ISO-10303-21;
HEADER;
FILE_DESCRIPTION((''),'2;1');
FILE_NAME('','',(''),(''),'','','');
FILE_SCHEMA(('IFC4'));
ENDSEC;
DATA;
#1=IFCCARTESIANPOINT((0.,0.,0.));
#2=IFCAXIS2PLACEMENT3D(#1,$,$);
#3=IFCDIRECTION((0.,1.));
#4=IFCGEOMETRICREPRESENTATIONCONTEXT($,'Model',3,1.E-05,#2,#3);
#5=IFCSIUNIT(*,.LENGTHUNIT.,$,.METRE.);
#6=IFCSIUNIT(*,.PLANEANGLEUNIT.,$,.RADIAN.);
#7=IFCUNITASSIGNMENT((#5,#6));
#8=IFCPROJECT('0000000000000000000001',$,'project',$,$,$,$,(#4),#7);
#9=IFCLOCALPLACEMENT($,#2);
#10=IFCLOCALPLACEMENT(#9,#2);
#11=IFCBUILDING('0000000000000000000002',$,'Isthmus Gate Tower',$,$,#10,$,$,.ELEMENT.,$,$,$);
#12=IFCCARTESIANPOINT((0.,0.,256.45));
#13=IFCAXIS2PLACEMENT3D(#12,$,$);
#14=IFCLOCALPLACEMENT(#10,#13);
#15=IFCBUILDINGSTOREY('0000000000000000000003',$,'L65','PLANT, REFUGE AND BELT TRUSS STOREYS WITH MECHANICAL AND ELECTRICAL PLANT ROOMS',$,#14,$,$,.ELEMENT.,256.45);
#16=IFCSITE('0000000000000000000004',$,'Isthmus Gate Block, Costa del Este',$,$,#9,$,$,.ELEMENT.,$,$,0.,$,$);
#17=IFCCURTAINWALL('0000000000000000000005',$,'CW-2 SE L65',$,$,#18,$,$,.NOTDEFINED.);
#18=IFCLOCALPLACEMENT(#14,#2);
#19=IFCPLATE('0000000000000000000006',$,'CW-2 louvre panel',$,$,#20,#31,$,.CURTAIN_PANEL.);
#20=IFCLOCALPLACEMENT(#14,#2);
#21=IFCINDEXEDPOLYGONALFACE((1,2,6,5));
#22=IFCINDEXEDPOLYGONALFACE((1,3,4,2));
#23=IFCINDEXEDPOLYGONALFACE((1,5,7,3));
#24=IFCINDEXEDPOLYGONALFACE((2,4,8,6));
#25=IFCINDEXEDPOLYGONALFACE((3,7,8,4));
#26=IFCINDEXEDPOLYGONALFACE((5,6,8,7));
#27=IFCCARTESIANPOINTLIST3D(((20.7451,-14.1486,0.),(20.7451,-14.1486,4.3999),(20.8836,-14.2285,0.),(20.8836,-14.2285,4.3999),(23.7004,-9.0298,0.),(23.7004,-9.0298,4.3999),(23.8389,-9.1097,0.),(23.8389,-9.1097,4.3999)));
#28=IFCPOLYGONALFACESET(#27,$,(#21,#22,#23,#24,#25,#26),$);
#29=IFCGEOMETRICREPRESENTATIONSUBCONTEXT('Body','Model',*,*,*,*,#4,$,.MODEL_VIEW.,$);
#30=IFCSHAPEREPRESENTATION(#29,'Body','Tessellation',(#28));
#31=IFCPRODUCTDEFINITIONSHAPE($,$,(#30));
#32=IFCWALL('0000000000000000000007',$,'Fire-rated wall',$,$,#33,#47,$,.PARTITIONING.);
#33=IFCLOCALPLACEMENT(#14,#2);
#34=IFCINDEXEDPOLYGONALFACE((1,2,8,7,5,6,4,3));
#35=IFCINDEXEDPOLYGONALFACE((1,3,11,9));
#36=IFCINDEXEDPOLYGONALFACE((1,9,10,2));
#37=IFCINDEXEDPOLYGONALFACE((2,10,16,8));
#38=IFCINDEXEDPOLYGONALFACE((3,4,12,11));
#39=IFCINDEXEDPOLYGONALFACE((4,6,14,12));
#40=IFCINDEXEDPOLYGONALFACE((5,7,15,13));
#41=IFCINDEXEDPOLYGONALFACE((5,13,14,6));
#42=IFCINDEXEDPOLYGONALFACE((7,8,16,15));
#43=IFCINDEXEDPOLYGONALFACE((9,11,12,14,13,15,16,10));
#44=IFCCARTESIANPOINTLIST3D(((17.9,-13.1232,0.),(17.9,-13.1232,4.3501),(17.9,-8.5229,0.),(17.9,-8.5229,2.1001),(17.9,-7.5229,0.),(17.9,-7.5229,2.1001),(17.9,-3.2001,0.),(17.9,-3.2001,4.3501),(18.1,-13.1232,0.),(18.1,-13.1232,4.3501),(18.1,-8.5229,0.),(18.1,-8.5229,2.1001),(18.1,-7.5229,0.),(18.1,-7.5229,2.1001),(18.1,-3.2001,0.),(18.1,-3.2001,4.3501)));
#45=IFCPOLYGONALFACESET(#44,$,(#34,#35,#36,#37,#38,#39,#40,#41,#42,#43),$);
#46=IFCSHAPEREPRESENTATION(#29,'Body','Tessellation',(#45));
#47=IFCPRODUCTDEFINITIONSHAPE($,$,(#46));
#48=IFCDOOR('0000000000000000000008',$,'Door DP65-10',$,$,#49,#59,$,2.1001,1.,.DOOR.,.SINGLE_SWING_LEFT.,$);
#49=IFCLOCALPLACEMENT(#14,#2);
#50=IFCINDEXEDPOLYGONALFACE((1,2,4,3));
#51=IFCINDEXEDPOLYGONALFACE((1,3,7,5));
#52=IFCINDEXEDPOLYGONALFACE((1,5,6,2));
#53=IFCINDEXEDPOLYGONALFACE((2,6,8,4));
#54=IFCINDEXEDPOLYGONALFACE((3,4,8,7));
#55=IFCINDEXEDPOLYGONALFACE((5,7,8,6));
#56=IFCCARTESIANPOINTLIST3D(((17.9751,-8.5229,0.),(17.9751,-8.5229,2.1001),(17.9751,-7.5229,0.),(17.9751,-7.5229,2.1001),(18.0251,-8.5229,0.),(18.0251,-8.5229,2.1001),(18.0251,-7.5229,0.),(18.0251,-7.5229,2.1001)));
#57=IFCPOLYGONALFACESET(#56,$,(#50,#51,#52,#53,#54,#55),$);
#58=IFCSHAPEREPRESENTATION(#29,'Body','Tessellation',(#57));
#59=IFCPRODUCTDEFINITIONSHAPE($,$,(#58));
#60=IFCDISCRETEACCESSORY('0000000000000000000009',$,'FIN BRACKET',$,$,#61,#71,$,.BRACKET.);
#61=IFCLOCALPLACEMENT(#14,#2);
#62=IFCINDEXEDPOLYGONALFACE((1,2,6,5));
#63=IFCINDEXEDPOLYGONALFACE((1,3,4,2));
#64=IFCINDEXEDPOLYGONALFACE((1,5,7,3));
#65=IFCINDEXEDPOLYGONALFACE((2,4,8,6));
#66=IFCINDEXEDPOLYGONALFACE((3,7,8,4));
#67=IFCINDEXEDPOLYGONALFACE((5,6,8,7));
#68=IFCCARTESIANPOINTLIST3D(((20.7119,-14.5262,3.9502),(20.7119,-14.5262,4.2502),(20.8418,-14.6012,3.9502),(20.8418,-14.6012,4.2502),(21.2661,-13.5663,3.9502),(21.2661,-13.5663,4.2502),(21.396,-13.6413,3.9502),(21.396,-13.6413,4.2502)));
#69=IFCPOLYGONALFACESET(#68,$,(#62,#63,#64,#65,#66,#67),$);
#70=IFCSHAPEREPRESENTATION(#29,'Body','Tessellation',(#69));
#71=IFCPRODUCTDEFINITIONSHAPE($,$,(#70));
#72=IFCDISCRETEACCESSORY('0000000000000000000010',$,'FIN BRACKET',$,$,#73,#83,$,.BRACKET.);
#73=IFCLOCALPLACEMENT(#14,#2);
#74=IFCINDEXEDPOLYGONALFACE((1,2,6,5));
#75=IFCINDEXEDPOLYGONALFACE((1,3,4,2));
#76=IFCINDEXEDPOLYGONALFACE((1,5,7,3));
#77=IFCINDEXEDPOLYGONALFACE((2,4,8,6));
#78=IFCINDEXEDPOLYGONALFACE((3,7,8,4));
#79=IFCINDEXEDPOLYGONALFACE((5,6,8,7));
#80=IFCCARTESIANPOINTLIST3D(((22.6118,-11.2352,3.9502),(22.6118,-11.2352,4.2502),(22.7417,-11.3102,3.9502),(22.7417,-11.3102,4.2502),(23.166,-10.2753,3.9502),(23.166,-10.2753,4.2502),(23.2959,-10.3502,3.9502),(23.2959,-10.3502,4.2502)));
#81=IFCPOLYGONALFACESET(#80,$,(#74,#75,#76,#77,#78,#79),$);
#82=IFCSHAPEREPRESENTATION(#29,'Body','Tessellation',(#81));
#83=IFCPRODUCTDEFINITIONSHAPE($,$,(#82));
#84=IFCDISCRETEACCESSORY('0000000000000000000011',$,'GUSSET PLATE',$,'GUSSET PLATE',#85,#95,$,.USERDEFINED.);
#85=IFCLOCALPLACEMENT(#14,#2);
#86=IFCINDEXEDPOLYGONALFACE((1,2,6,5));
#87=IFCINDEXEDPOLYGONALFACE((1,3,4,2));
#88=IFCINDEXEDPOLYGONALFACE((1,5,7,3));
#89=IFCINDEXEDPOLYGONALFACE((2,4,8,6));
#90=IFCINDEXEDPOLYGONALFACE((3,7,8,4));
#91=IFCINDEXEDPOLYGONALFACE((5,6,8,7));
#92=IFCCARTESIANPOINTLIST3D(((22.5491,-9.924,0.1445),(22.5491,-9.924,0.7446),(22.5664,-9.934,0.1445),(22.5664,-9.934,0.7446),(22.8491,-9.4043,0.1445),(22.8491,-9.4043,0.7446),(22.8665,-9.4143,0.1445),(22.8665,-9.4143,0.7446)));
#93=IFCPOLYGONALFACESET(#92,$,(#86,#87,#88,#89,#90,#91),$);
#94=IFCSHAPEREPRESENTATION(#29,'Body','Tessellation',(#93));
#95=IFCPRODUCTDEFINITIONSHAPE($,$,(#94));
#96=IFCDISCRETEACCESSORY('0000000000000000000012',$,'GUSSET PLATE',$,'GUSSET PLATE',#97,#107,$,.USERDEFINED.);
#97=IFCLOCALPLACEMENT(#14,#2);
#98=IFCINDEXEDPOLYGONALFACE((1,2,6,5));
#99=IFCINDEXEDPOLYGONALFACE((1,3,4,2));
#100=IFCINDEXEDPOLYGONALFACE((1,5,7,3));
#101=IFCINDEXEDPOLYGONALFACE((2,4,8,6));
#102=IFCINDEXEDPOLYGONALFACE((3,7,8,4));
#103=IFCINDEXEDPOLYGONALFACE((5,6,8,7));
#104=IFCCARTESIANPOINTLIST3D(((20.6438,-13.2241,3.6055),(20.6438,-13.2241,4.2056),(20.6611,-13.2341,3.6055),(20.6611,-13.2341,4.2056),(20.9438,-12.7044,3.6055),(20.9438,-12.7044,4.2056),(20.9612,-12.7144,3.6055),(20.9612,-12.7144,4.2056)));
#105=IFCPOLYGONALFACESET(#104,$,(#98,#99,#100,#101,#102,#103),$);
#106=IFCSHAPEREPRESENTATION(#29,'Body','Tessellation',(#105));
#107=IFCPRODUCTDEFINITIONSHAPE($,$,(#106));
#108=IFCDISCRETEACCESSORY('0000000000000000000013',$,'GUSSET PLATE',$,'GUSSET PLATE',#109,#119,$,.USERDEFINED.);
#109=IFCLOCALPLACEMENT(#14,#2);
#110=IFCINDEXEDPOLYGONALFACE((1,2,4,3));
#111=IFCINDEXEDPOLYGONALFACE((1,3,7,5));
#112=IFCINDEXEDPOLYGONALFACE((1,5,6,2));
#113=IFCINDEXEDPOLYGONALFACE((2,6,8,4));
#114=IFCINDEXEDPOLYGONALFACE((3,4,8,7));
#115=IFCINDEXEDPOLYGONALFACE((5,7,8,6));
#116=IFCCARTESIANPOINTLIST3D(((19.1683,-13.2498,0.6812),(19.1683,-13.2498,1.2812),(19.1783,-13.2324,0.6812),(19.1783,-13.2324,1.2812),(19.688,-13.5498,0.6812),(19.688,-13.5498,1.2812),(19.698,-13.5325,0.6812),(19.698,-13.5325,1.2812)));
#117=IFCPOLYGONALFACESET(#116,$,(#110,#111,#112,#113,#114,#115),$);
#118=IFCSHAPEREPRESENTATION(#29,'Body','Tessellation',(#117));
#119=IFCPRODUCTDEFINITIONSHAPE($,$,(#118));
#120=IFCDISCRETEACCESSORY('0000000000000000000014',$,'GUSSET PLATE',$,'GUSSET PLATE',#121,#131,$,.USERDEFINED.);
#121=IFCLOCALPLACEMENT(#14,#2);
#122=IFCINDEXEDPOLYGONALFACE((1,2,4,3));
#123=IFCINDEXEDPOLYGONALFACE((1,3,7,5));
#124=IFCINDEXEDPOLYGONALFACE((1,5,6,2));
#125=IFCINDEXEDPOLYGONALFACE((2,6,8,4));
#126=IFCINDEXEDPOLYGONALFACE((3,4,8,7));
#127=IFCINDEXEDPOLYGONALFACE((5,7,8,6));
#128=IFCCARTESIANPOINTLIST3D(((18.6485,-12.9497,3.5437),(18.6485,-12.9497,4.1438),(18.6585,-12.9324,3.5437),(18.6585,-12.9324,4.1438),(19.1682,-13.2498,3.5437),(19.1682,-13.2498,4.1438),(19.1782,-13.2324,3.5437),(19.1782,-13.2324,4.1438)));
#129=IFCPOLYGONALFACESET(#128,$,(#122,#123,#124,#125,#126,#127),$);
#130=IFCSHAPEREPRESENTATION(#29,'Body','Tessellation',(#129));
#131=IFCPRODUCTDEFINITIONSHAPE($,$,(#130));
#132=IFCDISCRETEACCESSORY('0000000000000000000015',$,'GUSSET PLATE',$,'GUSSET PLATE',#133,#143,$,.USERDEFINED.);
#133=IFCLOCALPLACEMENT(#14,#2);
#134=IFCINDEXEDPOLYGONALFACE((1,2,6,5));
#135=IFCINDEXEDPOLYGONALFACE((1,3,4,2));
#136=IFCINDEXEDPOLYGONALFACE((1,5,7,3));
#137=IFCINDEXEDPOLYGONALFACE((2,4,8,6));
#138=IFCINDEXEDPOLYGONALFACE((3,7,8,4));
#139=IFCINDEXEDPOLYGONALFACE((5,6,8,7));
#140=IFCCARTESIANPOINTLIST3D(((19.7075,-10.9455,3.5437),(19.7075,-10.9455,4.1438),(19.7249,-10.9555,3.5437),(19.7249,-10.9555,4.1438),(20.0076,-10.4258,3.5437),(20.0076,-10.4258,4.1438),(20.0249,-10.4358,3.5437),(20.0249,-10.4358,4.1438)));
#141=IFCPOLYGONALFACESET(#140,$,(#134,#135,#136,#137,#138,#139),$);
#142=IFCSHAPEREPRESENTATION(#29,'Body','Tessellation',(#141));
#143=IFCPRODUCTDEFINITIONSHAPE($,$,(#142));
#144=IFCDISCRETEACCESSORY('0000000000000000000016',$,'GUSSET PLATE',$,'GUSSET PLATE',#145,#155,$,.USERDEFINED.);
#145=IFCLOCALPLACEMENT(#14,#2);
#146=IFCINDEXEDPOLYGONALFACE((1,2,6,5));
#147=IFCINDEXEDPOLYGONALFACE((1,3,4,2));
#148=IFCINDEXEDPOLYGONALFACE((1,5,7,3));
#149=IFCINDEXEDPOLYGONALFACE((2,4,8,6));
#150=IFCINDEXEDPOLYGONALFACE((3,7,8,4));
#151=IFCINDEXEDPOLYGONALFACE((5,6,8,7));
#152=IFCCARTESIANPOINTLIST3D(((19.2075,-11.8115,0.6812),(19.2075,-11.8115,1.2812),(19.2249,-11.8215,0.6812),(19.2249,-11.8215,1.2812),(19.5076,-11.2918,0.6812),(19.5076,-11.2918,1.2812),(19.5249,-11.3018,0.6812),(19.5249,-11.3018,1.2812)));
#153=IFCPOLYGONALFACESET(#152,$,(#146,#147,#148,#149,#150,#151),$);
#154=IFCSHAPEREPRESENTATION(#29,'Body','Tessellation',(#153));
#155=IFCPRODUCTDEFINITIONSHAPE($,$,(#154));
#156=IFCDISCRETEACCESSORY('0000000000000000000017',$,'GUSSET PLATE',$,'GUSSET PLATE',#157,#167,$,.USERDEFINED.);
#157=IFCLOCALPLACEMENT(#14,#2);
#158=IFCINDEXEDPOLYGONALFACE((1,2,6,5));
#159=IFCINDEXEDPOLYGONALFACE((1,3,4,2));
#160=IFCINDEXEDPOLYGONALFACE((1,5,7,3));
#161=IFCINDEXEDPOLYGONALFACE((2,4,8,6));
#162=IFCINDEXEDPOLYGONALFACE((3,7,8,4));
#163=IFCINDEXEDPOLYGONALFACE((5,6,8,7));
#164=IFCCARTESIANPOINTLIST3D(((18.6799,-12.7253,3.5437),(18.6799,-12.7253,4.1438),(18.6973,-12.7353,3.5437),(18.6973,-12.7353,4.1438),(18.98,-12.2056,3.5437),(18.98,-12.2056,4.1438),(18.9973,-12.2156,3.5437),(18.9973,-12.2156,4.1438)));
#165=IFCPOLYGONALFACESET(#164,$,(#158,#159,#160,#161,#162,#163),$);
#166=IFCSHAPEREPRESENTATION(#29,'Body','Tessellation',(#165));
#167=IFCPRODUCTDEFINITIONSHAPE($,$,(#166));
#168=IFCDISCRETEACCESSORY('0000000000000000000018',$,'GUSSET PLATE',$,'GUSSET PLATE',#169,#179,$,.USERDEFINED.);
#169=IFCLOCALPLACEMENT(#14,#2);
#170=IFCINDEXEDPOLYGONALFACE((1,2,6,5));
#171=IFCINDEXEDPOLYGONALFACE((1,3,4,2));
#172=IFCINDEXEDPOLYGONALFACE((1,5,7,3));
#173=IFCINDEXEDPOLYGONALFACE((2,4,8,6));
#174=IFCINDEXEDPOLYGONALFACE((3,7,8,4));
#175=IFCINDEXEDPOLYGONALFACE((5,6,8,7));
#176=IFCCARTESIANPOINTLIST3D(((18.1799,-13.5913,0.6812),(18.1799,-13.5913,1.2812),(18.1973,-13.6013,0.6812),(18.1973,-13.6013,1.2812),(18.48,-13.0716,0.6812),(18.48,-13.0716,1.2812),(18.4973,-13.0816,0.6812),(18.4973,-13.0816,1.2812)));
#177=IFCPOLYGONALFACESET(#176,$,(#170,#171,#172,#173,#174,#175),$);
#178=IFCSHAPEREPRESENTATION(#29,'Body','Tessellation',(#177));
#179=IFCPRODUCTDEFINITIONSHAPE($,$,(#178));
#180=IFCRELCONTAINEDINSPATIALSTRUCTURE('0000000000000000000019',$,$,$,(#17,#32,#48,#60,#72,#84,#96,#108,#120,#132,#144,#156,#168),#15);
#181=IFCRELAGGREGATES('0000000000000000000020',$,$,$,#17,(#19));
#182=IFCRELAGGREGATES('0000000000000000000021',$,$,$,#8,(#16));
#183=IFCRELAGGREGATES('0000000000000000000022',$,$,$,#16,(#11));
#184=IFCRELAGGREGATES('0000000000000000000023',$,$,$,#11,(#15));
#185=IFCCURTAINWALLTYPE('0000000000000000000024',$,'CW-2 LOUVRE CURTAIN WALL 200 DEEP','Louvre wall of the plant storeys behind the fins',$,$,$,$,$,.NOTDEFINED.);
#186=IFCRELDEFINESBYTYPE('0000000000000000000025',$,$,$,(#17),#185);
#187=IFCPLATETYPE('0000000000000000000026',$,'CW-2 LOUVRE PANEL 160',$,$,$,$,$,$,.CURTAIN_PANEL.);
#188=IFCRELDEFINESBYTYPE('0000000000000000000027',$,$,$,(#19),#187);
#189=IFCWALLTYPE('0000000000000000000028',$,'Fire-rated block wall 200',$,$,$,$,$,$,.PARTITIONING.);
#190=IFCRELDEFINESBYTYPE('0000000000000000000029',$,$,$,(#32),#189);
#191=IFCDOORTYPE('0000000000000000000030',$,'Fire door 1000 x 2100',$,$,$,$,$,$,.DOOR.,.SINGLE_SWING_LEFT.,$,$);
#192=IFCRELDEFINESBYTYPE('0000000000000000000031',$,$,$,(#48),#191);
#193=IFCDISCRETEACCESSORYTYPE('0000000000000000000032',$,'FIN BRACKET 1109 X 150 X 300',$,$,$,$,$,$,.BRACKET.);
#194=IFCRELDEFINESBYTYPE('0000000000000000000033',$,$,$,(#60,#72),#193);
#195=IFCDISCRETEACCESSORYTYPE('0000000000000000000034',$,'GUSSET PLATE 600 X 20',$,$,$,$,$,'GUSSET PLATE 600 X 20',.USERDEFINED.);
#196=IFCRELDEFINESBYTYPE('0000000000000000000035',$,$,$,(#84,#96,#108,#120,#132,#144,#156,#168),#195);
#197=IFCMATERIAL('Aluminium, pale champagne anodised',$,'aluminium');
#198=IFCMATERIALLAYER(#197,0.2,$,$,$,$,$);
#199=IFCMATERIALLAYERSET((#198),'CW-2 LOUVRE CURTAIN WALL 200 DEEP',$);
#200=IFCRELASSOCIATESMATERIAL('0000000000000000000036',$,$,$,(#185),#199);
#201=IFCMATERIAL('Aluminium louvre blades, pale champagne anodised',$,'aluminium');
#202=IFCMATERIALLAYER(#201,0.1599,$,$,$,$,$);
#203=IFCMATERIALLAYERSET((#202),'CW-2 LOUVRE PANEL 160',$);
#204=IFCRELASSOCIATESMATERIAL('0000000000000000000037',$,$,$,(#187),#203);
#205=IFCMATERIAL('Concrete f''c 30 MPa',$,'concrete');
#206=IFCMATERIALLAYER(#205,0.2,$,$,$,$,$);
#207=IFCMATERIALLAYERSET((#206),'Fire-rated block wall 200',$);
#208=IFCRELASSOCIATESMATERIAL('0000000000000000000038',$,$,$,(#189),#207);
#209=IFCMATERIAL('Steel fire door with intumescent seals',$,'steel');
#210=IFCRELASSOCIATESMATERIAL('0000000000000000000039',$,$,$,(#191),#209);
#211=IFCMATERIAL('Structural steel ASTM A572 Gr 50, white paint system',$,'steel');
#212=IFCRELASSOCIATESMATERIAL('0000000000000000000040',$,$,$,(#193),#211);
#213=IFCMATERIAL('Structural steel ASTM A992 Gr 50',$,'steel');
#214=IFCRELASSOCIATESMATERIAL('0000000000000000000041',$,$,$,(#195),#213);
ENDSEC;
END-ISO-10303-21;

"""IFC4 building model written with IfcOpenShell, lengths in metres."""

from ifc_helpers import new_model, si_unit, direction, frame, frame_2d, origin, origin_2d, place, context, subcontext, project, spatial, rectangle, extrude, material, layer, layer_set, type_object, element, fill, aggregate, save


model = new_model("IFC4")

# Units and contexts
model_context = context("Model", 3, precision=1e-05, world=origin(), true_north=direction((0.0, 1.0)))
body_context = subcontext(model_context, "Body", "Model", "MODEL_VIEW")
ifc_project = project(units=[si_unit("LENGTHUNIT", "METRE"), si_unit("PLANEANGLEUNIT", "RADIAN")], contexts=[model_context])

# Site, building, storey
site_placement = place(None, origin())
site = spatial("IfcSite", under=ifc_project, at=site_placement, Name="Isthmus Gate Block, Costa del Este", CompositionType="ELEMENT", RefElevation=0.0)
building_placement = place(site_placement, origin())
building = spatial("IfcBuilding", under=site, at=building_placement, Name="Isthmus Gate Tower", CompositionType="ELEMENT")
storey_placement = place(building_placement, frame((0.0, 0.0, 256.45)))
storey = spatial("IfcBuildingStorey", under=building, at=storey_placement, Name="L65", Description="PLANT, REFUGE AND BELT TRUSS STOREYS WITH MECHANICAL AND ELECTRICAL PLANT ROOMS", CompositionType="ELEMENT", Elevation=256.45)

# Curtain wall
ifc_material_1 = material(Name="Aluminium, pale champagne anodised", Category="aluminium")
ifc_layer_1 = layer(ifc_material_1, 0.2)
ifc_layer_set_1 = layer_set([ifc_layer_1], Name="CW-2 LOUVRE CURTAIN WALL 200 DEEP")
curtain_wall_type = type_object("IfcCurtainWallType", Name="CW-2 LOUVRE CURTAIN WALL 200 DEEP", Description="Louvre wall of the plant storeys behind the fins", PredefinedType="NOTDEFINED", material=ifc_layer_set_1)
curtain_wall_placement = place(storey_placement, origin())
curtain_wall = element("IfcCurtainWall", 1, at=curtain_wall_placement, inside=storey, type_object=curtain_wall_type, Name="CW-2 SE L65", PredefinedType="NOTDEFINED")

# Plate
ifc_material_2 = material(Name="Aluminium louvre blades, pale champagne anodised", Category="aluminium")
ifc_layer_2 = layer(ifc_material_2, 0.1599)
ifc_layer_set_2 = layer_set([ifc_layer_2], Name="CW-2 LOUVRE PANEL 160")
plate_type = type_object("IfcPlateType", Name="CW-2 LOUVRE PANEL 160", PredefinedType="CURTAIN_PANEL", material=ifc_layer_set_2)
plate_placement = place(storey_placement, frame((22.292, -11.6292, 0.0), z_axis=(0.0, 0.0, 1.0), x_axis=(0.5, 0.866025, 0.0)))
plate = element("IfcPlate", 2, at=plate_placement, type_object=plate_type, Name="CW-2 louvre panel", PredefinedType="CURTAIN_PANEL", context=body_context, shape_type="SweptSolid", body=[
    extrude(rectangle(XDim=5.9106, YDim=0.1599, at=origin_2d()), origin(), (0.0, 0.0, 1.0), 4.3999),
])
aggregate(curtain_wall, [plate])

# Wall, opening, door
ifc_material_3 = material(Name="Concrete f'c 30 MPa", Category="concrete")
ifc_layer_3 = layer(ifc_material_3, 0.2)
ifc_layer_set_3 = layer_set([ifc_layer_3], Name="Fire-rated block wall 200")
wall_type = type_object("IfcWallType", Name="Fire-rated block wall 200", PredefinedType="PARTITIONING", material=ifc_layer_set_3)
wall_placement = place(storey_placement, frame((18.0, -13.123, 0.0), z_axis=(0.0, 0.0, 1.0), x_axis=(0.0, 1.0, 0.0)))
wall = element("IfcWall", 3, at=wall_placement, inside=storey, type_object=wall_type, Name="Fire-rated wall", PredefinedType="PARTITIONING", context=body_context, shape_type="SweptSolid", body=[
    extrude(rectangle(XDim=9.9231, YDim=0.2, at=frame_2d((4.9614, 0.0))), origin(), (0.0, 0.0, 1.0), 4.3501),
])
opening_placement = place(wall_placement, frame((4.6001, 0.0, 0.0)))
opening = element("IfcOpeningElement", 4, at=opening_placement, cuts=wall, PredefinedType="OPENING", context=body_context, shape_type="SweptSolid", body=[
    extrude(rectangle(XDim=1.0, YDim=2.1001, at=frame_2d((0.5, 1.05))), frame((0.0, 0.1099, 0.0), z_axis=(0.0, -1.0, 0.0), x_axis=(1.0, 0.0, 0.0)), (0.0, 0.0, 1.0), 0.22),
])
ifc_material_4 = material(Name="Steel fire door with intumescent seals", Category="steel")
door_type = type_object("IfcDoorType", Name="Fire door 1000 x 2100", OperationType="SINGLE_SWING_LEFT", PredefinedType="DOOR", material=ifc_material_4)
door_placement = place(opening_placement, origin())
door = element("IfcDoor", 5, at=door_placement, inside=storey, type_object=door_type, Name="Door DP65-10", OperationType="SINGLE_SWING_LEFT", OverallHeight=2.1001, OverallWidth=1.0, PredefinedType="DOOR", context=body_context, shape_type="SweptSolid", body=[
    extrude(rectangle(XDim=1.0, YDim=2.1001, at=frame_2d((0.5, 1.05))), frame((0.0, 0.0249, 0.0), z_axis=(0.0, -1.0, 0.0), x_axis=(1.0, 0.0, 0.0)), (0.0, 0.0, 1.0), 0.05),
])
fill(opening, door)

# Discrete accessories
ifc_material_5 = material(Name="Structural steel ASTM A572 Gr 50, white paint system", Category="steel")
discrete_accessory_type_1 = type_object("IfcDiscreteAccessoryType", Name="FIN BRACKET 1109 X 150 X 300", PredefinedType="BRACKET", material=ifc_material_5)
for number, where, z_axis, x_axis, name in (
    (6, (21.054, -14.0837, 3.9502), (0.0, 0.0, 1.0), (0.866025, -0.5, 0.0), "FIN BRACKET"),
    (7, (22.9539, -10.7927, 3.9502), (0.0, 0.0, 1.0), (0.866025, -0.5, 0.0), "FIN BRACKET"),
):
    element("IfcDiscreteAccessory", number, at=place(storey_placement, frame(where, z_axis=z_axis, x_axis=x_axis)), inside=storey, type_object=discrete_accessory_type_1, Name=name, PredefinedType="BRACKET", context=body_context, shape_type="SweptSolid", body=[
        extrude(rectangle(XDim=0.1499, YDim=1.1084, at=origin_2d()), origin(), (0.0, 0.0, 1.0), 0.3),
    ])
ifc_material_6 = material(Name="Structural steel ASTM A992 Gr 50", Category="steel")
discrete_accessory_type_2 = type_object("IfcDiscreteAccessoryType", Name="GUSSET PLATE 600 X 20", ElementType="GUSSET PLATE 600 X 20", PredefinedType="USERDEFINED", material=ifc_material_6)
for number, where, z_axis, x_axis, name in (
    (8, (22.7078, -9.6692, 0.1445), (0.0, 0.0, 1.0), (-0.5, -0.866025, 0.0), "GUSSET PLATE"),
    (9, (20.8025, -12.9692, 3.6055), (0.0, 0.0, 1.0), (-0.5, -0.866025, 0.0), "GUSSET PLATE"),
    (10, (19.4331, -13.3911, 0.6812), (0.0, 0.0, 1.0), (-0.866025, 0.5, 0.0), "GUSSET PLATE"),
    (11, (18.9133, -13.0911, 3.5437), (0.0, 0.0, 1.0), (-0.866025, 0.5, 0.0), "GUSSET PLATE"),
    (12, (19.8662, -10.6907, 3.5437), (0.0, 0.0, 1.0), (-0.5, -0.866025, 0.0), "GUSSET PLATE"),
    (13, (19.3662, -11.5566, 0.6812), (0.0, 0.0, 1.0), (-0.5, -0.866025, 0.0), "GUSSET PLATE"),
    (14, (18.8386, -12.4705, 3.5437), (0.0, 0.0, 1.0), (-0.5, -0.866025, 0.0), "GUSSET PLATE"),
    (15, (18.3386, -13.3364, 0.6812), (0.0, 0.0, 1.0), (-0.5, -0.866025, 0.0), "GUSSET PLATE"),
):
    element("IfcDiscreteAccessory", number, at=place(storey_placement, frame(where, z_axis=z_axis, x_axis=x_axis)), inside=storey, type_object=discrete_accessory_type_2, Name=name, ObjectType="GUSSET PLATE", PredefinedType="USERDEFINED", context=body_context, shape_type="SweptSolid", body=[
        extrude(rectangle(XDim=0.6001, YDim=0.02, at=origin_2d()), origin(), (0.0, 0.0, 1.0), 0.6001),
    ])

save(model, "model.ifc")
